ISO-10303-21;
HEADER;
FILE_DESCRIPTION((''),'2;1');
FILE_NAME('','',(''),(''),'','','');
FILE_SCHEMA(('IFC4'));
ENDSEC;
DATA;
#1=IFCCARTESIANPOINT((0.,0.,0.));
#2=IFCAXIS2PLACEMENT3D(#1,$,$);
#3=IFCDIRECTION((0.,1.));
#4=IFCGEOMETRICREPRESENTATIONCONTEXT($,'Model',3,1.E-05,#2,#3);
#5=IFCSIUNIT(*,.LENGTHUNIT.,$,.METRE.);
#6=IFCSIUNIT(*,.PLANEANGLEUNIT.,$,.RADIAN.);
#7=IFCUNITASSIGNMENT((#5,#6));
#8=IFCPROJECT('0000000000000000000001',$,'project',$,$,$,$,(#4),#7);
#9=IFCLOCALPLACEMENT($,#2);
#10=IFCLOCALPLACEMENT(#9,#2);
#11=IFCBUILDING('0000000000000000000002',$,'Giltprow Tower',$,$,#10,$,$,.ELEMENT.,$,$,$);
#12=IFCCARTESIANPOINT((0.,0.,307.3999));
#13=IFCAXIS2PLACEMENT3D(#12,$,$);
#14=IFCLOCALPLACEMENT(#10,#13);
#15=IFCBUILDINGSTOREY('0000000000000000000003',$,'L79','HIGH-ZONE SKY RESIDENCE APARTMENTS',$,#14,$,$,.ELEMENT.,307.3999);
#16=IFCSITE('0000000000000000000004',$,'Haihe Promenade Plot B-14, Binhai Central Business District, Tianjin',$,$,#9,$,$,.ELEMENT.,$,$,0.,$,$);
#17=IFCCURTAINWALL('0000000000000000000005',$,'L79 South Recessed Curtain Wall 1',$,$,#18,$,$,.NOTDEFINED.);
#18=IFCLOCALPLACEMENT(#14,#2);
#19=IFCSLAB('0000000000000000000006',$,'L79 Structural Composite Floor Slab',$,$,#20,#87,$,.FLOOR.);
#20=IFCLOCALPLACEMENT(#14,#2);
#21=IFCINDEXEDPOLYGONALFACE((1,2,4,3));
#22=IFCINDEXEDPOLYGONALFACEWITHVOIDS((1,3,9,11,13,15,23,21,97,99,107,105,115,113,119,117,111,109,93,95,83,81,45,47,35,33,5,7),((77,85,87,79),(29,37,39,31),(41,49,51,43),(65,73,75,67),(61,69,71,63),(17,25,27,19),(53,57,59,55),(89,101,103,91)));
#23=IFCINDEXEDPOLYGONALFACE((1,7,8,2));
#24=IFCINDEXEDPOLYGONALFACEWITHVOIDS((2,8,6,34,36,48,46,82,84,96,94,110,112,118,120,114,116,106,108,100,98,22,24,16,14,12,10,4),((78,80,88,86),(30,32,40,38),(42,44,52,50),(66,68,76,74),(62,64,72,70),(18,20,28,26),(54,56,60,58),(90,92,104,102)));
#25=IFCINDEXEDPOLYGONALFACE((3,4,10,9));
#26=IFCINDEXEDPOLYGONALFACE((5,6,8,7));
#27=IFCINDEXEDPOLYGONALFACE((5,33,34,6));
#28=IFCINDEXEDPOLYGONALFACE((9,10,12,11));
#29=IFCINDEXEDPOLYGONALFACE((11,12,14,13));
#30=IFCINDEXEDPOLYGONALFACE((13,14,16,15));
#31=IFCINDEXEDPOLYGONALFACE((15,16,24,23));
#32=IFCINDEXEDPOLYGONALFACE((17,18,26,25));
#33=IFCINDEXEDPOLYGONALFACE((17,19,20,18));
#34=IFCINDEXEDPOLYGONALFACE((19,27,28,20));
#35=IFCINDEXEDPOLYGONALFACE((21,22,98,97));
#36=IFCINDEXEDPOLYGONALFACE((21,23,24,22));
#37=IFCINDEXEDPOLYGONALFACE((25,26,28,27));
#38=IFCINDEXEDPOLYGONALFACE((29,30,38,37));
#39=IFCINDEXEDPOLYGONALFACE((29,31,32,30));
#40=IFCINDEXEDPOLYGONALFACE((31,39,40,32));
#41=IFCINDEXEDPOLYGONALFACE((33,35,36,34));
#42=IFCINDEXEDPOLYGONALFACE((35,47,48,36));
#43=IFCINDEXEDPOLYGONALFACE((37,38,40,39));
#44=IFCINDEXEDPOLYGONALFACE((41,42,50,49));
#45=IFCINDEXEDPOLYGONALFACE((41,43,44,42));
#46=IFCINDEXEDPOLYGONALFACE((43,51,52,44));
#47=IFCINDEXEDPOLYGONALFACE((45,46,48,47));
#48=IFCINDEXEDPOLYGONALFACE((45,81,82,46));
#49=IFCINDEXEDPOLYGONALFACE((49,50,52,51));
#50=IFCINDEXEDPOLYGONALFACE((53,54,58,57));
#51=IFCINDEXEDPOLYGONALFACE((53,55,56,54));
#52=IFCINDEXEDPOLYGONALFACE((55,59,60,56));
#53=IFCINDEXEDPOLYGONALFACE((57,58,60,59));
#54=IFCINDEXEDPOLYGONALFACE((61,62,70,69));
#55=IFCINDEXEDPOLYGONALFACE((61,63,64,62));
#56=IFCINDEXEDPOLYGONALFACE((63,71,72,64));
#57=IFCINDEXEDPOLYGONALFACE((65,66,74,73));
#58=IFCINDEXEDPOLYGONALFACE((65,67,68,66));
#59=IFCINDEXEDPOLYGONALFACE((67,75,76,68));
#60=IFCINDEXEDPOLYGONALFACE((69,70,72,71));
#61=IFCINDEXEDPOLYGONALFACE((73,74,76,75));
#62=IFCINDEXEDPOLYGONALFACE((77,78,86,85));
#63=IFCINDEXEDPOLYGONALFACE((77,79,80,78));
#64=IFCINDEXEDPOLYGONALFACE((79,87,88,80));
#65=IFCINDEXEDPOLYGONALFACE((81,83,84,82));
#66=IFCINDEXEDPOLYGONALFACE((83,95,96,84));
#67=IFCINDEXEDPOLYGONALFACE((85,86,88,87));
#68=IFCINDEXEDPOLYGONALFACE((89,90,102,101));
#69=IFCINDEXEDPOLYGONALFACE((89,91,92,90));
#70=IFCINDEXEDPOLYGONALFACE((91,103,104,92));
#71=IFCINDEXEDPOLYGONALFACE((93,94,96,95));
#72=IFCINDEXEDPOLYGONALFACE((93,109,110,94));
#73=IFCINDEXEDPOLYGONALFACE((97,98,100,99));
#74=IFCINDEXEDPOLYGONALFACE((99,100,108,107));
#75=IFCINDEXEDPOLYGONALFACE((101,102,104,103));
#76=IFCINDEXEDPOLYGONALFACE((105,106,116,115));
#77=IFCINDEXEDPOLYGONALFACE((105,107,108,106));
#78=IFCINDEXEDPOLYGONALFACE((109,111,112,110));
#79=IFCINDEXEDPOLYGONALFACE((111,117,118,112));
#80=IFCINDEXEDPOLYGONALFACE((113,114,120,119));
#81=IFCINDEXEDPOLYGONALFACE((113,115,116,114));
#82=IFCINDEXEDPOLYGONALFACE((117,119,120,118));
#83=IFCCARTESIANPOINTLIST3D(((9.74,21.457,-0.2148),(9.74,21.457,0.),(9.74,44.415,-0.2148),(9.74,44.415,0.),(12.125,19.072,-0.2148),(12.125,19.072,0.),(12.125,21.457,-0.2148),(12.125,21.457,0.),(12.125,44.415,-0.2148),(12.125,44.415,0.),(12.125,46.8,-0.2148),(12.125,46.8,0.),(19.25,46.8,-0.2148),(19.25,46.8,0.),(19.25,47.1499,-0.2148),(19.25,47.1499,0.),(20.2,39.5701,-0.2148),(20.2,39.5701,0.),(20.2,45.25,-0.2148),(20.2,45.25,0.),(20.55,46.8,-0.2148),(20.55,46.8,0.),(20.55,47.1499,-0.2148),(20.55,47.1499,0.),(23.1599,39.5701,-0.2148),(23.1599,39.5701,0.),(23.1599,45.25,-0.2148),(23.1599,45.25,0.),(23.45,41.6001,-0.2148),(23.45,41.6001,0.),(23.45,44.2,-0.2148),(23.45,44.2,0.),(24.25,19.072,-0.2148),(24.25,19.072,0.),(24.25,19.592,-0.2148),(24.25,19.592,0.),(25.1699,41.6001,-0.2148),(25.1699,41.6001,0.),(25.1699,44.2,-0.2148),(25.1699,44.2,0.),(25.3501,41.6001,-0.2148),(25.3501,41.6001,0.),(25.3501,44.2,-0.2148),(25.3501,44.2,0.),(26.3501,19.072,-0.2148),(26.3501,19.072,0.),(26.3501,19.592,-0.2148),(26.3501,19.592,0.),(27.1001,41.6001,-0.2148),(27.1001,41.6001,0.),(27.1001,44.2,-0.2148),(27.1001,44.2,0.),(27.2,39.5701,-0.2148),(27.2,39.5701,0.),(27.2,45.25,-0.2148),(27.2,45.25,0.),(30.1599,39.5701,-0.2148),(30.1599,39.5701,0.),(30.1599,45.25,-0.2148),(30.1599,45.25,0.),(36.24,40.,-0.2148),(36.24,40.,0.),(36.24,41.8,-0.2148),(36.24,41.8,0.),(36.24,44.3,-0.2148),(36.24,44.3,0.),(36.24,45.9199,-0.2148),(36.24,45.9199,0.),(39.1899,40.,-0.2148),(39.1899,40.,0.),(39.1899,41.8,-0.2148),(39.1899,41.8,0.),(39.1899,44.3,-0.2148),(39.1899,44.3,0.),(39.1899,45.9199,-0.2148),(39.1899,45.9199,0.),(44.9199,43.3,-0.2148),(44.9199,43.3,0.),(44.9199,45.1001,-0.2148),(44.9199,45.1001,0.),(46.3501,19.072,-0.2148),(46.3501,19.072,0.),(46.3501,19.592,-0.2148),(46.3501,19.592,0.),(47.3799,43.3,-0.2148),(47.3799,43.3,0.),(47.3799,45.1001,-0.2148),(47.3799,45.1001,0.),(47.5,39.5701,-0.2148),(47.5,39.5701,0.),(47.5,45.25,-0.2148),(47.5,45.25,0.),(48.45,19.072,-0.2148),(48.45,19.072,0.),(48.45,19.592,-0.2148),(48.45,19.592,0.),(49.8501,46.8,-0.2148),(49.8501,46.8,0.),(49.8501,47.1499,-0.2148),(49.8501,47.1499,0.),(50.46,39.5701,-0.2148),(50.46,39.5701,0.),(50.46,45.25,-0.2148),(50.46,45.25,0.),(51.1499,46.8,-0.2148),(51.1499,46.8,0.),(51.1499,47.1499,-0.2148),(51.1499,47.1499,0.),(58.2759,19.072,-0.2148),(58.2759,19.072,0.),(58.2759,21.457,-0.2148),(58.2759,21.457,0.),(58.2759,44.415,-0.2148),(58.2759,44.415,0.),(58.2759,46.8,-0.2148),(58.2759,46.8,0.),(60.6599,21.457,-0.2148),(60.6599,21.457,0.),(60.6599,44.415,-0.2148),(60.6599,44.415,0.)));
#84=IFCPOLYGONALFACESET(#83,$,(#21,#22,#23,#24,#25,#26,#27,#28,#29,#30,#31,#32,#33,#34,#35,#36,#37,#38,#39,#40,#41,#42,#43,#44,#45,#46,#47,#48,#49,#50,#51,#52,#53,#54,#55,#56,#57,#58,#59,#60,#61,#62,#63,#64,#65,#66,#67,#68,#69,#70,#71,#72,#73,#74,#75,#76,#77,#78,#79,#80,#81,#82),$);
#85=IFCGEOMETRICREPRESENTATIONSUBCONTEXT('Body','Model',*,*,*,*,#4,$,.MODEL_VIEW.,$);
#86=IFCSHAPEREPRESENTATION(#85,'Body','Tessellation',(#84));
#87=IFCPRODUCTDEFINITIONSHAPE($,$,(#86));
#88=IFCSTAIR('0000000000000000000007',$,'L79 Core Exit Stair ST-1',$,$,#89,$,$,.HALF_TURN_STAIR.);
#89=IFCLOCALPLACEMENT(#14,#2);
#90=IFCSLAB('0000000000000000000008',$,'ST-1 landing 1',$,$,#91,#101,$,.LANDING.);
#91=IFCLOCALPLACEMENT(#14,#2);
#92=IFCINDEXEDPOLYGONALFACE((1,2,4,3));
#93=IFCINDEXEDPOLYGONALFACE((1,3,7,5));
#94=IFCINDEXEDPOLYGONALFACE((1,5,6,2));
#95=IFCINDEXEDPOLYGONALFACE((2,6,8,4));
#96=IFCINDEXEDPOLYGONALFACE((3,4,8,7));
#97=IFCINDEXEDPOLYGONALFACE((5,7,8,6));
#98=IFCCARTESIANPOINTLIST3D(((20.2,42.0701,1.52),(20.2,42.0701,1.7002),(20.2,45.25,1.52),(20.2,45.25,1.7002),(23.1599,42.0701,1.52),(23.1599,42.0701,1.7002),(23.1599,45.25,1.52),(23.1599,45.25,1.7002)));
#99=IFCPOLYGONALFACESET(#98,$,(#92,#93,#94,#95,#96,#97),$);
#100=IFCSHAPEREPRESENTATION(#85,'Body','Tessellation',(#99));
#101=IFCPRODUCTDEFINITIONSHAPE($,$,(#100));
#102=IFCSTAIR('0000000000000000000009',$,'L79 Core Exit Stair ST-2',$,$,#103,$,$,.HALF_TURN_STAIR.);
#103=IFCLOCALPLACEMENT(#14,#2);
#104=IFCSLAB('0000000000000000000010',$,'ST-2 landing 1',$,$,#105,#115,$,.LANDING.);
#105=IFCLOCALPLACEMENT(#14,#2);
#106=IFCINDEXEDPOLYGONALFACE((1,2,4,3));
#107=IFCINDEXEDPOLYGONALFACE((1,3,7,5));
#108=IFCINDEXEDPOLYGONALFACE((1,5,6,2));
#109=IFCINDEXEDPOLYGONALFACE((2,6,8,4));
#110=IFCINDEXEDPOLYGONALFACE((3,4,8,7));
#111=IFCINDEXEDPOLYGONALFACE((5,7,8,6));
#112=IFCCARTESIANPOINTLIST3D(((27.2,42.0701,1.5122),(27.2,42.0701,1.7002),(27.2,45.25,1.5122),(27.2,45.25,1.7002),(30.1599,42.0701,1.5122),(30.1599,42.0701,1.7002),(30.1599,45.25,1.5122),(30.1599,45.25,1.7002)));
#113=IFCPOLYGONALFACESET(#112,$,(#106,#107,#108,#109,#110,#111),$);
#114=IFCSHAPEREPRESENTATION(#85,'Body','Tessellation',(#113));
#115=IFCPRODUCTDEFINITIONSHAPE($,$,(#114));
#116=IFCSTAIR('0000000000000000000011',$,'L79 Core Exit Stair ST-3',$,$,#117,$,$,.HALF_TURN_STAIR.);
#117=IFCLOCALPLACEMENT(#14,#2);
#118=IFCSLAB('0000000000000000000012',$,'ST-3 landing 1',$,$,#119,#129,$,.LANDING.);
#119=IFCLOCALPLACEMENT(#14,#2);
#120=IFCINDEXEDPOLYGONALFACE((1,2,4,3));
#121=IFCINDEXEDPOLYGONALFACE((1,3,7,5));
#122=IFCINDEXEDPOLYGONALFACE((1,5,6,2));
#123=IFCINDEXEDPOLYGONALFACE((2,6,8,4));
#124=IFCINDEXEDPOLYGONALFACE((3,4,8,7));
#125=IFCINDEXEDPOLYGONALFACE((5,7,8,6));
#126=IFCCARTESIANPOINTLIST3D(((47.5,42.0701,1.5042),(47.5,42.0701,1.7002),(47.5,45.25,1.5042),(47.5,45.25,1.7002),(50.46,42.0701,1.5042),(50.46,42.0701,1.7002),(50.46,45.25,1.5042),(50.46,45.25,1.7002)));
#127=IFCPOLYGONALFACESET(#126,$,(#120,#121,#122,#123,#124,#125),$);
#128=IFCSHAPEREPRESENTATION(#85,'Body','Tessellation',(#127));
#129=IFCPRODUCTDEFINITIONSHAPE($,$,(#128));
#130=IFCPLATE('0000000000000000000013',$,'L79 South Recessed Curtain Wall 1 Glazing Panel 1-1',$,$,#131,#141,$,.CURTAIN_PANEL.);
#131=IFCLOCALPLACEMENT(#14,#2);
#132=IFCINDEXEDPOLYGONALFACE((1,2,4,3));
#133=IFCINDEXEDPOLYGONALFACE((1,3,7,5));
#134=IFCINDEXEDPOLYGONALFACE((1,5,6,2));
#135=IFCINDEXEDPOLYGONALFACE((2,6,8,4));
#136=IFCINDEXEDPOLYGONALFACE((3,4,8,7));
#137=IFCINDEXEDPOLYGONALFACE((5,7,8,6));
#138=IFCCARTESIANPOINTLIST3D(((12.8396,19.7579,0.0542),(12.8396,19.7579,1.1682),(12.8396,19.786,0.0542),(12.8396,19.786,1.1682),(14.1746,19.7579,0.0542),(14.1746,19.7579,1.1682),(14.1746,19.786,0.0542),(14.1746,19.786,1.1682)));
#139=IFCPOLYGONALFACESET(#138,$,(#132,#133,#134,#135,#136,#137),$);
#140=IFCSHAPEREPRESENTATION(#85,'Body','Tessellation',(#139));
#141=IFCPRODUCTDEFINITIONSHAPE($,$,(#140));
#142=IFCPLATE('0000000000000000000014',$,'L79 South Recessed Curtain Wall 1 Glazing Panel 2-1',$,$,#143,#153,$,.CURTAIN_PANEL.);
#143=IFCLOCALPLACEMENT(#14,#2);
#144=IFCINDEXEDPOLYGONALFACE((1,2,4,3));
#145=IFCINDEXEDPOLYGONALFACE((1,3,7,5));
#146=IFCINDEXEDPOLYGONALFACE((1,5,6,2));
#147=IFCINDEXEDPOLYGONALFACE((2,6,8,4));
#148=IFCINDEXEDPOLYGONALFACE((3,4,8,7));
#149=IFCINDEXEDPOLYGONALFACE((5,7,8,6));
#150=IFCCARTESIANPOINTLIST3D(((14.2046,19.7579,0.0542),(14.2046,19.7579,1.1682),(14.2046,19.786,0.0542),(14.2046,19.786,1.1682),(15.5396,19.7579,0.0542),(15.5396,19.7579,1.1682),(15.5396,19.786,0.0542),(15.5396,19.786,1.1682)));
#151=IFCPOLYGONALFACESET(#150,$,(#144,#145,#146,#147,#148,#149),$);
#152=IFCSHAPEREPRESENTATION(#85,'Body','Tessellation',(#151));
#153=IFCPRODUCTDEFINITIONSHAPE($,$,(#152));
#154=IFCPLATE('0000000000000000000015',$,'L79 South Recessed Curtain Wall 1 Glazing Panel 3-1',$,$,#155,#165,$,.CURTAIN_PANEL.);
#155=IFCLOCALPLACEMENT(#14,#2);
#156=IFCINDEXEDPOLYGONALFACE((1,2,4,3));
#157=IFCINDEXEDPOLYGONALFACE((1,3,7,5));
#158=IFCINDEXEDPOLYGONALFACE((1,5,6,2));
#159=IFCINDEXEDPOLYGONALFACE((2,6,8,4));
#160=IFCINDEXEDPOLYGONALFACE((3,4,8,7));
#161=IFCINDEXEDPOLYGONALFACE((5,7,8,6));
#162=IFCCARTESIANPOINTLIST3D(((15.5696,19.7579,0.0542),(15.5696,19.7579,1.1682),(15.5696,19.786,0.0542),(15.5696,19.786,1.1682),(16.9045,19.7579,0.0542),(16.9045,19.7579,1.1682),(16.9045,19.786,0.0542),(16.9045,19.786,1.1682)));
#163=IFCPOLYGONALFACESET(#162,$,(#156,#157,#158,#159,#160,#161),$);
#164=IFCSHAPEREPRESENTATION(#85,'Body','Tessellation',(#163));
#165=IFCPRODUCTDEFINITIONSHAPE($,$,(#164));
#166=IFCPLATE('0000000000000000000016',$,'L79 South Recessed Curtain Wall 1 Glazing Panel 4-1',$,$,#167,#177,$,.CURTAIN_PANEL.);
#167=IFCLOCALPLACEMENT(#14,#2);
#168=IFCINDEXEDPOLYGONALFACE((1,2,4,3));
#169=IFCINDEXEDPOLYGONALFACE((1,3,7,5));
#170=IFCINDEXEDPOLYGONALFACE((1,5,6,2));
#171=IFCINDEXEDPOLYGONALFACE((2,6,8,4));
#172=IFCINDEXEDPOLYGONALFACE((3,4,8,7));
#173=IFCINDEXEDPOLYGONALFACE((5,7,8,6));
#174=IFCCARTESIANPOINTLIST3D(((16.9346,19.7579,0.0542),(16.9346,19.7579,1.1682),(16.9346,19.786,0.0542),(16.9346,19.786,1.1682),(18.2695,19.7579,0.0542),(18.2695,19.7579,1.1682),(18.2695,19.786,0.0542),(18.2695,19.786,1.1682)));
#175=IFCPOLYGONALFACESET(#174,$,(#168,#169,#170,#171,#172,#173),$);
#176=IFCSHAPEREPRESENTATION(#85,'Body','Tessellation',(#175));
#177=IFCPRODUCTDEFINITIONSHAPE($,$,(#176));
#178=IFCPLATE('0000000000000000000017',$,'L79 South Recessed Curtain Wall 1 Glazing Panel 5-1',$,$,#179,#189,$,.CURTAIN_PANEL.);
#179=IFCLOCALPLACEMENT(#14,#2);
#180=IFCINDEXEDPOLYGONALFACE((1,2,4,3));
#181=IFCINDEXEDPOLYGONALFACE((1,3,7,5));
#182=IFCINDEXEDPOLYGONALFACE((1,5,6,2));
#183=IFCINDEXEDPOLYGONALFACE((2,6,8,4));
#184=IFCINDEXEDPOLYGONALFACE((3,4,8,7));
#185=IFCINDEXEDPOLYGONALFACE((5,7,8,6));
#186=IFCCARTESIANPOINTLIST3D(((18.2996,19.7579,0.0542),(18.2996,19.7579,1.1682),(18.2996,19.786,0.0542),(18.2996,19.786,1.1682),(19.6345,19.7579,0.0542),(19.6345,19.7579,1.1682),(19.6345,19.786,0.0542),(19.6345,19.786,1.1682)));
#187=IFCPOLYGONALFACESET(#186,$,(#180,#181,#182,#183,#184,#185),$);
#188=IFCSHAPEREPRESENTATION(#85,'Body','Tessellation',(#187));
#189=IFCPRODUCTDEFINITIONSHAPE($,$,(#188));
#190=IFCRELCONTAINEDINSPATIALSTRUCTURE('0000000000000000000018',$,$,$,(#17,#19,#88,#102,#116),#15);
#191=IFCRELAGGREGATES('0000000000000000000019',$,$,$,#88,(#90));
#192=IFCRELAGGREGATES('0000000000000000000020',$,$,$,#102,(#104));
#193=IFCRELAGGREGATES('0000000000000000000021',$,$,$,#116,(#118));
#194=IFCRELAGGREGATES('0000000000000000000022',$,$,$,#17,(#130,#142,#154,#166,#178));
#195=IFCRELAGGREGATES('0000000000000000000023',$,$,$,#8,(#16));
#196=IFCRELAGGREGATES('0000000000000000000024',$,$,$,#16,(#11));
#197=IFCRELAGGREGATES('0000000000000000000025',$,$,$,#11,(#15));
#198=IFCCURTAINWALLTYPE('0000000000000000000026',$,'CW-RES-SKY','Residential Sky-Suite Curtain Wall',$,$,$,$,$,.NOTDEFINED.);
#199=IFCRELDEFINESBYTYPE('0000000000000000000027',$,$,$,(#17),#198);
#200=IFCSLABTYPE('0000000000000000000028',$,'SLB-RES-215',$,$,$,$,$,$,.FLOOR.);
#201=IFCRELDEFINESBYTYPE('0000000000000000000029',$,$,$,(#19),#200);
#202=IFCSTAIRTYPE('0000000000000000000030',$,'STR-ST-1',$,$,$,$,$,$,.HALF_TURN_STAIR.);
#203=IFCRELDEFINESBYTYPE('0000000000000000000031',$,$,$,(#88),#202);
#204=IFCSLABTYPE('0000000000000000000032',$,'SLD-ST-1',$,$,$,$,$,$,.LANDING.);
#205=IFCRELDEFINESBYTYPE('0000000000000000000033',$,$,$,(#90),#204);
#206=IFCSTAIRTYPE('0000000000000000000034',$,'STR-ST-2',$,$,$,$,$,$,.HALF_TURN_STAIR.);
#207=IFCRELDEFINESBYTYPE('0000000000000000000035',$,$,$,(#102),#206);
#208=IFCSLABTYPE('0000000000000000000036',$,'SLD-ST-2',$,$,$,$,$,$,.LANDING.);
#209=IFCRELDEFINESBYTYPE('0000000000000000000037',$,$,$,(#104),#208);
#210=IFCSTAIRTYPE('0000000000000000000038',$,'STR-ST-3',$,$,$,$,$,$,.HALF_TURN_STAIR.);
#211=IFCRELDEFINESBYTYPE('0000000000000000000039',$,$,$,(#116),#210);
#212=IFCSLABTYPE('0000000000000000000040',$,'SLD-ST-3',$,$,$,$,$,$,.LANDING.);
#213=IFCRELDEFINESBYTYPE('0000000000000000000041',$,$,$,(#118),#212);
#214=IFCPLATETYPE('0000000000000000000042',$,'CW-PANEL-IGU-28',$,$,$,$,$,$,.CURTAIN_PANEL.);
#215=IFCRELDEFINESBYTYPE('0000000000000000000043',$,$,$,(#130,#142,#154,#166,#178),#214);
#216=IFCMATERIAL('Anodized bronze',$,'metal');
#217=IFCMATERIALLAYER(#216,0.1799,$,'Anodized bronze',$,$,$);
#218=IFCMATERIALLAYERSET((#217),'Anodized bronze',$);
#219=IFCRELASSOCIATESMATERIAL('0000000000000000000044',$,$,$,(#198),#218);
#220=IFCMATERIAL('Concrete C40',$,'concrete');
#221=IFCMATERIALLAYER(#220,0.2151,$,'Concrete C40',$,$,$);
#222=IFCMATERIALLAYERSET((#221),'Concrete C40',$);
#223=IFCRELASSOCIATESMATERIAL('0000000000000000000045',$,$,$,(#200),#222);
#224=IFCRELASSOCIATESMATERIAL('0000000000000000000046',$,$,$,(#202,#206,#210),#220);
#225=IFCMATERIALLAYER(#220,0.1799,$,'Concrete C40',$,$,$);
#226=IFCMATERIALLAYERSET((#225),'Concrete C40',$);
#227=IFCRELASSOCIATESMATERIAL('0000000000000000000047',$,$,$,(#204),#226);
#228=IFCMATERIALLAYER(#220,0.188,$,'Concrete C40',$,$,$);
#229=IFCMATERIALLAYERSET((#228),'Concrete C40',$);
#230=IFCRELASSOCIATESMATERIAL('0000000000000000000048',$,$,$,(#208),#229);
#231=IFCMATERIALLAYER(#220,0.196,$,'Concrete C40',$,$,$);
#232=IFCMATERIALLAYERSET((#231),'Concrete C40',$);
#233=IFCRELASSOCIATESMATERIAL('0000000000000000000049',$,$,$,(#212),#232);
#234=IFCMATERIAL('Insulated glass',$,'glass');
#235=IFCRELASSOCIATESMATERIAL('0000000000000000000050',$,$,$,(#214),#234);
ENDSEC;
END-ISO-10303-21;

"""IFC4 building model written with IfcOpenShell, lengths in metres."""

from ifc_helpers import new_model, si_unit, direction, frame, origin, origin_2d, place, context, subcontext, project, spatial, polyline, rectangle, outline, extrude, source, transform, mapped, material, layer, layer_set, type_object, element, aggregate, save


model = new_model("IFC4")

# Units and contexts
model_context = context("Model", 3, precision=1e-05, world=origin(), true_north=direction((0.0, 1.0)))
body_context = subcontext(model_context, "Body", "Model", "MODEL_VIEW")
ifc_project = project(units=[si_unit("LENGTHUNIT", "METRE"), si_unit("PLANEANGLEUNIT", "RADIAN")], contexts=[model_context])

# Site, building, storey
site_placement = place(None, origin())
site = spatial("IfcSite", under=ifc_project, at=site_placement, Name="Haihe Promenade Plot B-14, Binhai Central Business District, Tianjin", CompositionType="ELEMENT", RefElevation=0.0)
building_placement = place(site_placement, origin())
building = spatial("IfcBuilding", under=site, at=building_placement, Name="Giltprow Tower", CompositionType="ELEMENT")
storey_placement = place(building_placement, frame((0.0, 0.0, 307.3999)))
storey = spatial("IfcBuildingStorey", under=building, at=storey_placement, Name="L79", Description="HIGH-ZONE SKY RESIDENCE APARTMENTS", CompositionType="ELEMENT", Elevation=307.3999)

# Curtain wall
ifc_material_1 = material(Name="Anodized bronze", Category="metal")
ifc_layer_1 = layer(ifc_material_1, 0.1799, Name="Anodized bronze")
ifc_layer_set_1 = layer_set([ifc_layer_1], Name="Anodized bronze")
curtain_wall_type = type_object("IfcCurtainWallType", Name="CW-RES-SKY", Description="Residential Sky-Suite Curtain Wall", PredefinedType="NOTDEFINED", material=ifc_layer_set_1)
curtain_wall_placement = place(storey_placement, origin())
curtain_wall = element("IfcCurtainWall", 1, at=curtain_wall_placement, inside=storey, type_object=curtain_wall_type, Name="L79 South Recessed Curtain Wall 1", PredefinedType="NOTDEFINED")

# Slab
ifc_material_2 = material(Name="Concrete C40", Category="concrete")
ifc_layer_2 = layer(ifc_material_2, 0.2151, Name="Concrete C40")
ifc_layer_set_2 = layer_set([ifc_layer_2], Name="Concrete C40")
slab_type_1 = type_object("IfcSlabType", Name="SLB-RES-215", PredefinedType="FLOOR", material=ifc_layer_set_2)
slab_1_placement = place(storey_placement, frame((0.0, 0.0, -0.2148)))
element("IfcSlab", 2, at=slab_1_placement, inside=storey, type_object=slab_type_1, Name="L79 Structural Composite Floor Slab", PredefinedType="FLOOR", context=body_context, shape_type="SweptSolid", body=[
    extrude(outline(polyline([(60.6599, 44.415), (60.6599, 21.457), (58.2759, 21.457), (58.2759, 19.072), (48.45, 19.072), (48.45, 19.592), (46.3501, 19.592), (46.3501, 19.072), (26.3501, 19.072), (26.3501, 19.592), (24.25, 19.592), (24.25, 19.072), (12.125, 19.072), (12.125, 21.457), (9.74, 21.457), (9.74, 44.415), (12.125, 44.415), (12.125, 46.8), (19.25, 46.8), (19.25, 47.1499), (20.55, 47.1499), (20.55, 46.8), (49.8501, 46.8), (49.8501, 47.1499), (51.1499, 47.1499), (51.1499, 46.8), (58.2759, 46.8), (58.2759, 44.415), (60.6599, 44.415)]), holes=[polyline([(39.1899, 41.8), (36.24, 41.8), (36.24, 40.0), (39.1899, 40.0), (39.1899, 41.8)]), polyline([(23.1599, 39.5701), (23.1599, 45.25), (20.2, 45.25), (20.2, 39.5701), (23.1599, 39.5701)]), polyline([(30.1599, 39.5701), (30.1599, 45.25), (27.2, 45.25), (27.2, 39.5701), (30.1599, 39.5701)]), polyline([(50.46, 45.25), (47.5, 45.25), (47.5, 39.5701), (50.46, 39.5701), (50.46, 45.25)]), polyline([(25.1699, 44.2), (23.45, 44.2), (23.45, 41.6001), (25.1699, 41.6001), (25.1699, 44.2)]), polyline([(27.1001, 44.2), (25.3501, 44.2), (25.3501, 41.6001), (27.1001, 41.6001), (27.1001, 44.2)]), polyline([(47.3799, 43.3), (47.3799, 45.1001), (44.9199, 45.1001), (44.9199, 43.3), (47.3799, 43.3)]), polyline([(39.1899, 44.3), (39.1899, 45.9199), (36.24, 45.9199), (36.24, 44.3), (39.1899, 44.3)])]), origin(), (0.0, 0.0, 1.0), 0.2148),
])

# Stairs, slabs
stair_type_1 = type_object("IfcStairType", Name="STR-ST-1", PredefinedType="HALF_TURN_STAIR", material=ifc_material_2)
stair_1_placement = place(storey_placement, origin())
stair_1 = element("IfcStair", 3, at=stair_1_placement, inside=storey, type_object=stair_type_1, Name="L79 Core Exit Stair ST-1", PredefinedType="HALF_TURN_STAIR")
ifc_layer_3 = layer(ifc_material_2, 0.1799, Name="Concrete C40")
ifc_layer_set_3 = layer_set([ifc_layer_3], Name="Concrete C40")
slab_type_2 = type_object("IfcSlabType", Name="SLD-ST-1", PredefinedType="LANDING", material=ifc_layer_set_3)
slab_2_placement = place(storey_placement, frame((0.0, 0.0, 1.52)))
slab_2 = element("IfcSlab", 4, at=slab_2_placement, type_object=slab_type_2, Name="ST-1 landing 1", PredefinedType="LANDING", context=body_context, shape_type="SweptSolid", body=[
    extrude(outline(polyline([(23.1599, 42.0701), (23.1599, 45.25), (20.2, 45.25), (20.2, 42.0701), (23.1599, 42.0701)])), origin(), (0.0, 0.0, 1.0), 0.1802),
])
aggregate(stair_1, [slab_2])
stair_type_2 = type_object("IfcStairType", Name="STR-ST-2", PredefinedType="HALF_TURN_STAIR", material=ifc_material_2)
stair_2_placement = place(storey_placement, origin())
stair_2 = element("IfcStair", 5, at=stair_2_placement, inside=storey, type_object=stair_type_2, Name="L79 Core Exit Stair ST-2", PredefinedType="HALF_TURN_STAIR")
ifc_layer_4 = layer(ifc_material_2, 0.188, Name="Concrete C40")
ifc_layer_set_4 = layer_set([ifc_layer_4], Name="Concrete C40")
slab_type_3 = type_object("IfcSlabType", Name="SLD-ST-2", PredefinedType="LANDING", material=ifc_layer_set_4)
slab_3_placement = place(storey_placement, frame((0.0, 0.0, 1.5122)))
slab_3 = element("IfcSlab", 6, at=slab_3_placement, type_object=slab_type_3, Name="ST-2 landing 1", PredefinedType="LANDING", context=body_context, shape_type="SweptSolid", body=[
    extrude(outline(polyline([(30.1599, 42.0701), (30.1599, 45.25), (27.2, 45.25), (27.2, 42.0701), (30.1599, 42.0701)])), origin(), (0.0, 0.0, 1.0), 0.188),
])
aggregate(stair_2, [slab_3])
stair_type_3 = type_object("IfcStairType", Name="STR-ST-3", PredefinedType="HALF_TURN_STAIR", material=ifc_material_2)
stair_3_placement = place(storey_placement, origin())
stair_3 = element("IfcStair", 7, at=stair_3_placement, inside=storey, type_object=stair_type_3, Name="L79 Core Exit Stair ST-3", PredefinedType="HALF_TURN_STAIR")
ifc_layer_5 = layer(ifc_material_2, 0.196, Name="Concrete C40")
ifc_layer_set_5 = layer_set([ifc_layer_5], Name="Concrete C40")
slab_type_4 = type_object("IfcSlabType", Name="SLD-ST-3", PredefinedType="LANDING", material=ifc_layer_set_5)
slab_4_placement = place(storey_placement, frame((0.0, 0.0, 1.5042)))
slab_4 = element("IfcSlab", 8, at=slab_4_placement, type_object=slab_type_4, Name="ST-3 landing 1", PredefinedType="LANDING", context=body_context, shape_type="SweptSolid", body=[
    extrude(outline(polyline([(50.46, 42.0701), (50.46, 45.25), (47.5, 45.25), (47.5, 42.0701), (50.46, 42.0701)])), origin(), (0.0, 0.0, 1.0), 0.196),
])
aggregate(stair_3, [slab_4])

# Plates
ifc_material_3 = material(Name="Insulated glass", Category="glass")
plate_type = type_object("IfcPlateType", Name="CW-PANEL-IGU-28", PredefinedType="CURTAIN_PANEL", material=ifc_material_3)
shared_shape_1 = source(origin(), body_context, "Body", "SweptSolid", [
    extrude(rectangle(XDim=1.335, YDim=0.0281, at=origin_2d()), origin(), (0.0, 0.0, 1.0), 1.114),
])
plate_1_placement = place(storey_placement, frame((13.5071, 19.772, 0.0542), z_axis=(0.0, 0.0, 1.0), x_axis=(1.0, 0.0, 0.0)))
plate_1 = element("IfcPlate", 9, at=plate_1_placement, type_object=plate_type, Name="L79 South Recessed Curtain Wall 1 Glazing Panel 1-1", PredefinedType="CURTAIN_PANEL", context=body_context, shape_type="MappedRepresentation", body=[
    mapped(shared_shape_1, transform((0.0, 0.0, 0.0), x_axis=(1.0, 0.0, 0.0), y_axis=(0.0, 1.0, 0.0), z_axis=(0.0, 0.0, 1.0), scale=1.0)),
])
plate_2_placement = place(storey_placement, frame((14.8721, 19.772, 0.0542), z_axis=(0.0, 0.0, 1.0), x_axis=(1.0, 0.0, 0.0)))
plate_2 = element("IfcPlate", 10, at=plate_2_placement, type_object=plate_type, Name="L79 South Recessed Curtain Wall 1 Glazing Panel 2-1", PredefinedType="CURTAIN_PANEL", context=body_context, shape_type="MappedRepresentation", body=[
    mapped(shared_shape_1, transform((0.0, 0.0, 0.0), x_axis=(1.0, 0.0, 0.0), y_axis=(0.0, 1.0, 0.0), z_axis=(0.0, 0.0, 1.0), scale=1.0)),
])
plate_3_placement = place(storey_placement, frame((16.2371, 19.772, 0.0542), z_axis=(0.0, 0.0, 1.0), x_axis=(1.0, 0.0, 0.0)))
plate_3 = element("IfcPlate", 11, at=plate_3_placement, type_object=plate_type, Name="L79 South Recessed Curtain Wall 1 Glazing Panel 3-1", PredefinedType="CURTAIN_PANEL", context=body_context, shape_type="MappedRepresentation", body=[
    mapped(shared_shape_1, transform((0.0, 0.0, 0.0), x_axis=(1.0, 0.0, 0.0), y_axis=(0.0, 1.0, 0.0), z_axis=(0.0, 0.0, 1.0), scale=1.0)),
])
plate_4_placement = place(storey_placement, frame((17.6021, 19.772, 0.0542), z_axis=(0.0, 0.0, 1.0), x_axis=(1.0, 0.0, 0.0)))
plate_4 = element("IfcPlate", 12, at=plate_4_placement, type_object=plate_type, Name="L79 South Recessed Curtain Wall 1 Glazing Panel 4-1", PredefinedType="CURTAIN_PANEL", context=body_context, shape_type="MappedRepresentation", body=[
    mapped(shared_shape_1, transform((0.0, 0.0, 0.0), x_axis=(1.0, 0.0, 0.0), y_axis=(0.0, 1.0, 0.0), z_axis=(0.0, 0.0, 1.0), scale=1.0)),
])
plate_5_placement = place(storey_placement, frame((18.967, 19.772, 0.0542), z_axis=(0.0, 0.0, 1.0), x_axis=(1.0, 0.0, 0.0)))
plate_5 = element("IfcPlate", 13, at=plate_5_placement, type_object=plate_type, Name="L79 South Recessed Curtain Wall 1 Glazing Panel 5-1", PredefinedType="CURTAIN_PANEL", context=body_context, shape_type="MappedRepresentation", body=[
    mapped(shared_shape_1, transform((0.0, 0.0, 0.0), x_axis=(1.0, 0.0, 0.0), y_axis=(0.0, 1.0, 0.0), z_axis=(0.0, 0.0, 1.0), scale=1.0)),
])
aggregate(curtain_wall, [plate_1, plate_2, plate_3, plate_4, plate_5])

save(model, "model.ifc")
